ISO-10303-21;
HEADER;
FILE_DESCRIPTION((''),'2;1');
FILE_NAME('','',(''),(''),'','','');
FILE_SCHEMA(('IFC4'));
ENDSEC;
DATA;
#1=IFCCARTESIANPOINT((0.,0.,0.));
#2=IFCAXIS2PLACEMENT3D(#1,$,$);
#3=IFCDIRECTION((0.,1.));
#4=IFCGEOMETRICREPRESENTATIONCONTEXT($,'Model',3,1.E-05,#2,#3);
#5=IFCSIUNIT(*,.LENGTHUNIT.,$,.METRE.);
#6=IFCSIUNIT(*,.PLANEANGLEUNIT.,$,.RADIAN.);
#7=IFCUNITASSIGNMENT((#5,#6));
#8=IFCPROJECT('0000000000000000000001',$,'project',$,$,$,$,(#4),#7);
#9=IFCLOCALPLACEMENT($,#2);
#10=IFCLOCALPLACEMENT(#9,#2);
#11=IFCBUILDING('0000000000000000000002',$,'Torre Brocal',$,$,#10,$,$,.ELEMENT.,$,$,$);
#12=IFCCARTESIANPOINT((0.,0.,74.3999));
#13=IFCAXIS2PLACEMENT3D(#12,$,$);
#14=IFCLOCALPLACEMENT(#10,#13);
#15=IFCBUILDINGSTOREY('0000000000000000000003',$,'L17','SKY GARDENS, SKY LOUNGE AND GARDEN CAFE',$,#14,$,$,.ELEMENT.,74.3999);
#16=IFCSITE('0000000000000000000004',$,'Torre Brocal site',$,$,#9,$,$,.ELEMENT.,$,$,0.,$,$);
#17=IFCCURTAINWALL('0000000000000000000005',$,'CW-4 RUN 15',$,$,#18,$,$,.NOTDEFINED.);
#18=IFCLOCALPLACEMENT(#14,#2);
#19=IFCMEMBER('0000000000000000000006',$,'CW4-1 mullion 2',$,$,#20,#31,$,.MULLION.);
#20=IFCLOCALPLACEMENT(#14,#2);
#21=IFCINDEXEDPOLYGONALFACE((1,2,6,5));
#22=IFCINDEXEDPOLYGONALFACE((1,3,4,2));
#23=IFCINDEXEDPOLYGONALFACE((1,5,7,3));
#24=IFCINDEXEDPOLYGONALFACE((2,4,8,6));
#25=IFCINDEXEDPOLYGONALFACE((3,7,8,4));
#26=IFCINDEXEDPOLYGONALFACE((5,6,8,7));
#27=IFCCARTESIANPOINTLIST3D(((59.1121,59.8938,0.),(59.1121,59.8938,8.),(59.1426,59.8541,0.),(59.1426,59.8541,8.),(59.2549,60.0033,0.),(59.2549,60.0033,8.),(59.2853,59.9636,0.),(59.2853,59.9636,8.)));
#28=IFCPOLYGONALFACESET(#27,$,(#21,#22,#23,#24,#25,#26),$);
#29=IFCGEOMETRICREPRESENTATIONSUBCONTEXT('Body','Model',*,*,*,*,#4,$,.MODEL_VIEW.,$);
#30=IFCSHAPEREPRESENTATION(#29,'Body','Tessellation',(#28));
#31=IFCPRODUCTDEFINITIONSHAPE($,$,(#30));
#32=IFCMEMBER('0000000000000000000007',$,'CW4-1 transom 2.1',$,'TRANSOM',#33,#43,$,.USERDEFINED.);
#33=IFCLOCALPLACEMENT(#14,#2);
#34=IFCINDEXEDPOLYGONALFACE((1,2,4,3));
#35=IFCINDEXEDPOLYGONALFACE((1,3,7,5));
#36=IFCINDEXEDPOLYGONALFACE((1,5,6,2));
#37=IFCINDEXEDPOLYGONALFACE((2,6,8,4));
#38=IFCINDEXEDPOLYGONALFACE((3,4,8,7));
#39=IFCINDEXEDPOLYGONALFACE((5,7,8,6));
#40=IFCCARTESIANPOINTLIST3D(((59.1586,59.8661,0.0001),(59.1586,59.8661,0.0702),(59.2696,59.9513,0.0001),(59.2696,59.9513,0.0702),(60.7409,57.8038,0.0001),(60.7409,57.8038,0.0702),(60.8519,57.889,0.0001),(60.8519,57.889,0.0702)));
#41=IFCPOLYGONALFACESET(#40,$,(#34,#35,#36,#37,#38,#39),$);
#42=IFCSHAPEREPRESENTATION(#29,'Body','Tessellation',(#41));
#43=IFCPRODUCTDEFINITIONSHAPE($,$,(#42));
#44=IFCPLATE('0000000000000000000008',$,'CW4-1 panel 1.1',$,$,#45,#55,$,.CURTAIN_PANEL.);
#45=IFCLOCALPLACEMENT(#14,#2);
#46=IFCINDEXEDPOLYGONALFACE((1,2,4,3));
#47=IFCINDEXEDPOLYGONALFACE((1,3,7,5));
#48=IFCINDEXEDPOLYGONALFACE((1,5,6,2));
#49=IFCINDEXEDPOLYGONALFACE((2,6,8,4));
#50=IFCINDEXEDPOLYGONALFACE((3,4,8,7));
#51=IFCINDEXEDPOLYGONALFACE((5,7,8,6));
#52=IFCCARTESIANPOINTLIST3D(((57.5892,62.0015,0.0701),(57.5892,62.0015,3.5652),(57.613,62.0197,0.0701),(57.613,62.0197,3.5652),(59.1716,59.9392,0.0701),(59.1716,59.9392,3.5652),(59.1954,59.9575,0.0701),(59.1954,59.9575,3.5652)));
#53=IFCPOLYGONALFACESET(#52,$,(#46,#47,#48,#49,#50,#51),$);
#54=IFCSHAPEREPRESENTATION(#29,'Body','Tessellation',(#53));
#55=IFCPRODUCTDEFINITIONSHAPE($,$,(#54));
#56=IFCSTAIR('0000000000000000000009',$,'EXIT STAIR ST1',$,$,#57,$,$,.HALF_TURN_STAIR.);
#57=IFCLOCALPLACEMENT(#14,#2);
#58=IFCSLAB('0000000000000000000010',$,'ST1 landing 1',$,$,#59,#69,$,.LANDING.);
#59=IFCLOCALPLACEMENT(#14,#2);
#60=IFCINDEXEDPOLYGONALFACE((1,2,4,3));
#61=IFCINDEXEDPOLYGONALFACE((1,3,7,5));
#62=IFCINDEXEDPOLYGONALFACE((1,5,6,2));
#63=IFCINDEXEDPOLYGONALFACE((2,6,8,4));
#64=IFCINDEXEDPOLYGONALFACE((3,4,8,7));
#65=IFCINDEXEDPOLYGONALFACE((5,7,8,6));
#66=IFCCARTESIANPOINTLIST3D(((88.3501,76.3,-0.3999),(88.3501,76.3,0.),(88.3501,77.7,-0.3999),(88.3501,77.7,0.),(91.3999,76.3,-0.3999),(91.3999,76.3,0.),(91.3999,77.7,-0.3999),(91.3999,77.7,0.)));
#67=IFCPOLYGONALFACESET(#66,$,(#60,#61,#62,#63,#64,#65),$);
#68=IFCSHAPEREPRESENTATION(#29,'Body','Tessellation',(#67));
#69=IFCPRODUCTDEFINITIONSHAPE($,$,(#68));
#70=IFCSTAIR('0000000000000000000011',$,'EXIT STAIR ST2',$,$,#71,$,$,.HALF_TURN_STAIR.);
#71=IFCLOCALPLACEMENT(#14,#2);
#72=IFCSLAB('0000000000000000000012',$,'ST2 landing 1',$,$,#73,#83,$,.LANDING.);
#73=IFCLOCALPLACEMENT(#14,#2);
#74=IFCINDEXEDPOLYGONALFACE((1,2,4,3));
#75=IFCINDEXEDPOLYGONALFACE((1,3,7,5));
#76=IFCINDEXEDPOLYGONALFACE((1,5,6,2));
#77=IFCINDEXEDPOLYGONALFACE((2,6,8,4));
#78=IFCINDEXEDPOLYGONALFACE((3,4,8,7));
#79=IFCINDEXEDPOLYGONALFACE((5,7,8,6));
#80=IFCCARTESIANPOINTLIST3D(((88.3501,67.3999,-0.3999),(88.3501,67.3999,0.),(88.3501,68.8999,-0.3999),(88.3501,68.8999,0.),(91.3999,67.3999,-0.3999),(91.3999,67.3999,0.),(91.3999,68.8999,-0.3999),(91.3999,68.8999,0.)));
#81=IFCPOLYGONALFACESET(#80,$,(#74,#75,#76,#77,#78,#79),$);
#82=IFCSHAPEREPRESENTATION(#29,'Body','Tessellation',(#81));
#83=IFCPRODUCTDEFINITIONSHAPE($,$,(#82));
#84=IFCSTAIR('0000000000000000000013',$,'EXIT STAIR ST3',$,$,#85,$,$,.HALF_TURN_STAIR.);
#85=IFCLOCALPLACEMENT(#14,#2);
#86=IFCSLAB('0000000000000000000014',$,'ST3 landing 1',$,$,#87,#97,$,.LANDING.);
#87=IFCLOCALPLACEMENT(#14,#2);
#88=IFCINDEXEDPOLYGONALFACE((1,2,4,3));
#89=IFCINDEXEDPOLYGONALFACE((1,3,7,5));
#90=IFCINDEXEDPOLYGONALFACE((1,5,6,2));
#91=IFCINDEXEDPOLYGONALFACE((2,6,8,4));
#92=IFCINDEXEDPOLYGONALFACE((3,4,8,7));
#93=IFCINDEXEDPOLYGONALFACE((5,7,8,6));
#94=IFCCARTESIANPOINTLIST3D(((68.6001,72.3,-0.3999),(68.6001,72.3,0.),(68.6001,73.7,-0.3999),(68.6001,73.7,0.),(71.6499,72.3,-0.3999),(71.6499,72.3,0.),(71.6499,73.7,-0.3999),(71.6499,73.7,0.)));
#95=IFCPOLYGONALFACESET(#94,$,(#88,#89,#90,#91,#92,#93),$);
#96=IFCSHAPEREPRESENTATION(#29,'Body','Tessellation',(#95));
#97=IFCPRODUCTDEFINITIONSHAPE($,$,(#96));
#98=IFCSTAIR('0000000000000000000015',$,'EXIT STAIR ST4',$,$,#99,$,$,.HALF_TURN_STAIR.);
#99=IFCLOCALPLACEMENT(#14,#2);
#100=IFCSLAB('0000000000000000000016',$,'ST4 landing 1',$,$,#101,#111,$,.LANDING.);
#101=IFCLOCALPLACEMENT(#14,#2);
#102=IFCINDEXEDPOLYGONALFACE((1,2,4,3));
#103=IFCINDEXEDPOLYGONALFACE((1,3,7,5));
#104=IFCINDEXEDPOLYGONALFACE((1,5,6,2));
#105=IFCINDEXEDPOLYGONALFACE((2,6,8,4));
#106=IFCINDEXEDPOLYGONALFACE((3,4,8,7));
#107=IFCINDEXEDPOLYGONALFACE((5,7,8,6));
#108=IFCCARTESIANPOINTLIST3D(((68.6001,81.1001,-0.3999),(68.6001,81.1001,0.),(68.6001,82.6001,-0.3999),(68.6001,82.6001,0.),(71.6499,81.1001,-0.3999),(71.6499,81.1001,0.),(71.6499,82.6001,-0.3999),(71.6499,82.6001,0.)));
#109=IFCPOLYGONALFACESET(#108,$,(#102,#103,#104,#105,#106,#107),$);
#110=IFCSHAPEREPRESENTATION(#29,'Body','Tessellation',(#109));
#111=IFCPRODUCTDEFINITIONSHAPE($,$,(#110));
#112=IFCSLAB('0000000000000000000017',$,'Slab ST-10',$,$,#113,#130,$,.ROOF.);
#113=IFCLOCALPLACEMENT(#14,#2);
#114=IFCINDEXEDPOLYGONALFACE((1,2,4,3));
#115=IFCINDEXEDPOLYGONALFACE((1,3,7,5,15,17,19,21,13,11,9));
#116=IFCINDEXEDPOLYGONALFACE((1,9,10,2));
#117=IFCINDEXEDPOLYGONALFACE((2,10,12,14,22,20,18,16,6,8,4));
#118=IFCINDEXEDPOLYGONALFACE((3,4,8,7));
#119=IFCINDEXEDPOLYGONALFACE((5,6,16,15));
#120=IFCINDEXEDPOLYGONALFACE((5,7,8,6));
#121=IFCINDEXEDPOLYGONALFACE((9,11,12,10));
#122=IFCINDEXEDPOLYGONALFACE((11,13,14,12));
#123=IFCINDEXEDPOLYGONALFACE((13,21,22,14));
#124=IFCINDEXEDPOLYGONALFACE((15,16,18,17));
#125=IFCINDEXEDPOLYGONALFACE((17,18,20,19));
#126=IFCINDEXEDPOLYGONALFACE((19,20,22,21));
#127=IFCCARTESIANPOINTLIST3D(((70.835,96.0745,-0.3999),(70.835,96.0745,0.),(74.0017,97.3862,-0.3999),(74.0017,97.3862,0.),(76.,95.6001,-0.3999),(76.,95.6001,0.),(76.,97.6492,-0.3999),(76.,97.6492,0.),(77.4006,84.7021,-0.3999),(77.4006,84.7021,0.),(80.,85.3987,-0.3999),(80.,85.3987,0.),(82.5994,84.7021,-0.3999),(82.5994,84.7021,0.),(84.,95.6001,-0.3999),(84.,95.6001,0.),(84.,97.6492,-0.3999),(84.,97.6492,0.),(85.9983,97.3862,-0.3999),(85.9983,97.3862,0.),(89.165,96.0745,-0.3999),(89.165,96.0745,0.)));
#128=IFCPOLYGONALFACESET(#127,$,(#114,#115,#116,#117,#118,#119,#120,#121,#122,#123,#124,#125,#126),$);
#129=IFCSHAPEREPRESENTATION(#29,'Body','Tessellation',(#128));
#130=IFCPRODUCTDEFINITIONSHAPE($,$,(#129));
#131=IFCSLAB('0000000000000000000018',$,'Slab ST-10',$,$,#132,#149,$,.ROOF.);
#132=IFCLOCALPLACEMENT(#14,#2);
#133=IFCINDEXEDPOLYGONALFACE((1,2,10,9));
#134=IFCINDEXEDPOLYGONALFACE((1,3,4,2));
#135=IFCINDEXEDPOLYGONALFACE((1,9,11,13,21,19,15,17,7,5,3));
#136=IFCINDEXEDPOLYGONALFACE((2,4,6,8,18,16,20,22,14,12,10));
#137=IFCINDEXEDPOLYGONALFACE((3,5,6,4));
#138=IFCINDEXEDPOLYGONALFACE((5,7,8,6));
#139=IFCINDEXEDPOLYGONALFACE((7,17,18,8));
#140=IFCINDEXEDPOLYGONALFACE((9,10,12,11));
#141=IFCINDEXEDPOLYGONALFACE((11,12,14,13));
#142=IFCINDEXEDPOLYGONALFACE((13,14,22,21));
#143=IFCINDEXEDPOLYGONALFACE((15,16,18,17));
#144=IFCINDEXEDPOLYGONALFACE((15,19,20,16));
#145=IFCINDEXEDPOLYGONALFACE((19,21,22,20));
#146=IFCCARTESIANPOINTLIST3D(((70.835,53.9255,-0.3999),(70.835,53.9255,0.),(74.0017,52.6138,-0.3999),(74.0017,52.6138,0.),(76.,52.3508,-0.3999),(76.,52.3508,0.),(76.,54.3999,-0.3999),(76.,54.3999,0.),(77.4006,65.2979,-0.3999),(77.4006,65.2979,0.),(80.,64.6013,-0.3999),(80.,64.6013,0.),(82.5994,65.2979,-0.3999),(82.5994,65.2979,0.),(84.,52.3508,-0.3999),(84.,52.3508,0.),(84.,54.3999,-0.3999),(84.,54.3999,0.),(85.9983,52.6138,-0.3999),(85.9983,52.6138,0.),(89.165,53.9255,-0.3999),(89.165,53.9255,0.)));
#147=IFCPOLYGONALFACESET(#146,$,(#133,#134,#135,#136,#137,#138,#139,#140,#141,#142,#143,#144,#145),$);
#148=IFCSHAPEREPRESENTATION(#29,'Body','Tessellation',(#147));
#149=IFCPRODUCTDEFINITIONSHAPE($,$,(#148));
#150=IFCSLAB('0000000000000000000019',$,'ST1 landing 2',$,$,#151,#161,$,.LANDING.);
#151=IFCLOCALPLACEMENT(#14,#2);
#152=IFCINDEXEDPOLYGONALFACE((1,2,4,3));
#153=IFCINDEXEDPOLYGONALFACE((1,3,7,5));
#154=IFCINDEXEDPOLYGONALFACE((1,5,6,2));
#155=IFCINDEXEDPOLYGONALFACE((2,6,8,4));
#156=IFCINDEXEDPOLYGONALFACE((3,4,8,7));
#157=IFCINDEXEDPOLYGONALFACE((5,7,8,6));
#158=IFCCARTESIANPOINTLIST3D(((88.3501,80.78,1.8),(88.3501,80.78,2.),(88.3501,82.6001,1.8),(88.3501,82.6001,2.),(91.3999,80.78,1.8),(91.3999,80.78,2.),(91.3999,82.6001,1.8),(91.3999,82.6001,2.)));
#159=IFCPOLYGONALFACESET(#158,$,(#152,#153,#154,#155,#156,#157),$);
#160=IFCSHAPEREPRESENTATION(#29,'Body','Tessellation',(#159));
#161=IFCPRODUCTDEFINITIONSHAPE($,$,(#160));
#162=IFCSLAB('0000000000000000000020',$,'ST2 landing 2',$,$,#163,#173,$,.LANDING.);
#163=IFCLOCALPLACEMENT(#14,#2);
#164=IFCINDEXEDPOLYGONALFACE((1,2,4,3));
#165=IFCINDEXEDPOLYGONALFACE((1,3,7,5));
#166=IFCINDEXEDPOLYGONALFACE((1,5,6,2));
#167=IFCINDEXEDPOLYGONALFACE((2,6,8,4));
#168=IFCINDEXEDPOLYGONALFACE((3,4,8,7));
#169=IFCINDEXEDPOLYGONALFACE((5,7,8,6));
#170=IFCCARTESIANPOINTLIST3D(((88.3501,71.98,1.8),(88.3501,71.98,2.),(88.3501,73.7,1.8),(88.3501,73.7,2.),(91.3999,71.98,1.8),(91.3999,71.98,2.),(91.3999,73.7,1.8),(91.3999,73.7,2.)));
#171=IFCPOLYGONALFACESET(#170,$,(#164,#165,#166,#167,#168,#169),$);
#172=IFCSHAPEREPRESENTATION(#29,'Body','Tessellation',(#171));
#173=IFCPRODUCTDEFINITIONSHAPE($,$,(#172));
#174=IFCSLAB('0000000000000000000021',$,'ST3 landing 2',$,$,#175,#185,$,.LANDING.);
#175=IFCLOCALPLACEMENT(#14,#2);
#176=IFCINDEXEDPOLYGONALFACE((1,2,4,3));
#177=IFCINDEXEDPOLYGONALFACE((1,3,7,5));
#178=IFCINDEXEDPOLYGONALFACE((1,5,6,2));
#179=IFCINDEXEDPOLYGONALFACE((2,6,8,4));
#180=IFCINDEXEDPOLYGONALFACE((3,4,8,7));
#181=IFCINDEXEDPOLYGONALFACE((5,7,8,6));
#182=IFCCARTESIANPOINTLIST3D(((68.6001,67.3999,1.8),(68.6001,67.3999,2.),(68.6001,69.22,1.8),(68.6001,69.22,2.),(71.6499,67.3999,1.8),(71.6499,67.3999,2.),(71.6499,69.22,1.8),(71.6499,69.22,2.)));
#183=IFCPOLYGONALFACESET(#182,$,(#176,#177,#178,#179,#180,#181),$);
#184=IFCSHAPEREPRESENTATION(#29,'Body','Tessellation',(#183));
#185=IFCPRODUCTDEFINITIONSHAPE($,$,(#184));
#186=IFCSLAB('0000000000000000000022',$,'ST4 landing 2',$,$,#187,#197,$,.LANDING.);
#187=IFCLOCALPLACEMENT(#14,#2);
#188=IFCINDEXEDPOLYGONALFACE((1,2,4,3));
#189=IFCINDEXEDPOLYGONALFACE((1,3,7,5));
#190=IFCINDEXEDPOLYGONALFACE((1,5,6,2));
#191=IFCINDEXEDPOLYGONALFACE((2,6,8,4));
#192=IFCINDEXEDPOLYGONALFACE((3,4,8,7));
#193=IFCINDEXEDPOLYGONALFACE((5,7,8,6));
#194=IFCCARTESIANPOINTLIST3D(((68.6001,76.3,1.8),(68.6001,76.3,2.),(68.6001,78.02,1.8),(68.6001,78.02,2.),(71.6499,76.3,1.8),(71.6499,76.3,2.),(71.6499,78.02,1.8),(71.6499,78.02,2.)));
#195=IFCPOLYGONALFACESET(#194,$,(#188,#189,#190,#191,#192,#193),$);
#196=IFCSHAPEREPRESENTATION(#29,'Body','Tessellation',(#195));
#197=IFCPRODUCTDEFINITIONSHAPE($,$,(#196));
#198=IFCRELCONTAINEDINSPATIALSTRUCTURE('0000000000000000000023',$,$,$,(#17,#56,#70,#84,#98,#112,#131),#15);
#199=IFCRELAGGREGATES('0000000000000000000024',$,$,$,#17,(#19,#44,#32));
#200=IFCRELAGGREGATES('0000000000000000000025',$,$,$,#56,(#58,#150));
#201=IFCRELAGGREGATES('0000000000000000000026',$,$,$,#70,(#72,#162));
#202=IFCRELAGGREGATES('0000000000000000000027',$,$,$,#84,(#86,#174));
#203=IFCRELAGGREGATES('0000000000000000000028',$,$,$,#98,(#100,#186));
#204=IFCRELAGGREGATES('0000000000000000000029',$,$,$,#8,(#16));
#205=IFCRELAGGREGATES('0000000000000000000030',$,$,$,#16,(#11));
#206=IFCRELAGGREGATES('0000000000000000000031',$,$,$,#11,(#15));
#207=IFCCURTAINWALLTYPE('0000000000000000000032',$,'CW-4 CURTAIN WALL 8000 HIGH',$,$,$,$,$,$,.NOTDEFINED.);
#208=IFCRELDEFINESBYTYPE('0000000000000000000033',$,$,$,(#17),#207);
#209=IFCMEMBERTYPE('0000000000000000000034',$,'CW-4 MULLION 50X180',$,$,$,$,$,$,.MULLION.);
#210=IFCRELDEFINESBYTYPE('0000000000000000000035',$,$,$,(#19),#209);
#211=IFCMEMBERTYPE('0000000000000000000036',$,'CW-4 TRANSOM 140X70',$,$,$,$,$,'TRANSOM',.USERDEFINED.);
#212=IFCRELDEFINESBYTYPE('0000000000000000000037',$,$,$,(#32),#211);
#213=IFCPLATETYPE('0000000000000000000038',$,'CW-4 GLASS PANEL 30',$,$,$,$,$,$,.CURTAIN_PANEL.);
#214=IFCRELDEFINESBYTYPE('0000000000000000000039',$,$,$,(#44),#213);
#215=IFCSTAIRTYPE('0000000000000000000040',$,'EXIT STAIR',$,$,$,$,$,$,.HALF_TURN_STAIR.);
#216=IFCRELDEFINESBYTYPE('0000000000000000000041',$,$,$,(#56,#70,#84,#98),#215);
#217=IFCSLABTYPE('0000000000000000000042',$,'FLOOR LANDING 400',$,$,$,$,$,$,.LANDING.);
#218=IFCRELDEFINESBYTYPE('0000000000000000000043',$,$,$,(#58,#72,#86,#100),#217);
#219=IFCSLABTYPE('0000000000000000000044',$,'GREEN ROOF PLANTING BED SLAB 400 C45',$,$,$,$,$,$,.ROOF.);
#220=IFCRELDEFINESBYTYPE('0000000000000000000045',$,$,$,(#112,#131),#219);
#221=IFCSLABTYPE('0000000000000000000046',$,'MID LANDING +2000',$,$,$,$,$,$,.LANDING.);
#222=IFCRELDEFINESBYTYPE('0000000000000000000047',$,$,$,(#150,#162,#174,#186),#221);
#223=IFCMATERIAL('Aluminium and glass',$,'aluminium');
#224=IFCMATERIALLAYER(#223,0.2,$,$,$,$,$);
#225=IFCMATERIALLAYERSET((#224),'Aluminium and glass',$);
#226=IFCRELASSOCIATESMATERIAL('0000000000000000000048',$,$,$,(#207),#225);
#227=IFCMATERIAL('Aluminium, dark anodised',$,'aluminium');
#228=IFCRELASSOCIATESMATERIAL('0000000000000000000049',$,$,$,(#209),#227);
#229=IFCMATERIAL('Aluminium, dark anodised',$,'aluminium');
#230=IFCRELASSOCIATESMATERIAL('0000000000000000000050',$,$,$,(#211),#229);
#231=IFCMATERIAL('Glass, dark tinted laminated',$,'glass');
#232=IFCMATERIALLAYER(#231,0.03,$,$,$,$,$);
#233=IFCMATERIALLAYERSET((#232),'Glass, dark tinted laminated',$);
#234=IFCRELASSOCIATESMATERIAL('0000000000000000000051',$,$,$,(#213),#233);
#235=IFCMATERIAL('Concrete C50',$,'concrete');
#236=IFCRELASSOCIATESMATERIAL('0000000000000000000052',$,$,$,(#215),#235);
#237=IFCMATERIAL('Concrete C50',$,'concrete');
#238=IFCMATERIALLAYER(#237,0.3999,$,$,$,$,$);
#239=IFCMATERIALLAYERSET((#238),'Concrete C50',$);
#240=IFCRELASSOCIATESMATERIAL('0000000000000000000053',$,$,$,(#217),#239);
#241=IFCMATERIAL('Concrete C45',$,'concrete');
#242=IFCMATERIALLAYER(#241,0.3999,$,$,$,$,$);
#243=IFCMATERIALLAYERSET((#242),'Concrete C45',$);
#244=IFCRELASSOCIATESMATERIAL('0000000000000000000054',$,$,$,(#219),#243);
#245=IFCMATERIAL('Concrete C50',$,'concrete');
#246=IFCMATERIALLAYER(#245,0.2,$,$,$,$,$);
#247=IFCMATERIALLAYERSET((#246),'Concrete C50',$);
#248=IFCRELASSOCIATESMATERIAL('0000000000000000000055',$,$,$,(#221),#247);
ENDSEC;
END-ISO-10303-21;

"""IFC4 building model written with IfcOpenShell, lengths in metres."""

from ifc_helpers import new_model, si_unit, direction, frame, origin, origin_2d, place, context, subcontext, project, spatial, polyline, rectangle, outline, extrude, material, layer, layer_set, material_profile, profile_set, type_object, element, aggregate, save


model = new_model("IFC4")

# Units and contexts
model_context = context("Model", 3, precision=1e-05, world=origin(), true_north=direction((0.0, 1.0)))
body_context = subcontext(model_context, "Body", "Model", "MODEL_VIEW")
ifc_project = project(units=[si_unit("LENGTHUNIT", "METRE"), si_unit("PLANEANGLEUNIT", "RADIAN")], contexts=[model_context])

# Site, building, storey
site_placement = place(None, origin())
site = spatial("IfcSite", under=ifc_project, at=site_placement, Name="Torre Brocal site", CompositionType="ELEMENT", RefElevation=0.0)
building_placement = place(site_placement, origin())
building = spatial("IfcBuilding", under=site, at=building_placement, Name="Torre Brocal", CompositionType="ELEMENT")
storey_placement = place(building_placement, frame((0.0, 0.0, 74.3999)))
storey = spatial("IfcBuildingStorey", under=building, at=storey_placement, Name="L17", Description="SKY GARDENS, SKY LOUNGE AND GARDEN CAFE", CompositionType="ELEMENT", Elevation=74.3999)

# Curtain wall, members, plate
ifc_material_1 = material(Name="Aluminium and glass", Category="aluminium")
ifc_layer_1 = layer(ifc_material_1, 0.2)
ifc_layer_set_1 = layer_set([ifc_layer_1], Name="Aluminium and glass")
curtain_wall_type = type_object("IfcCurtainWallType", Name="CW-4 CURTAIN WALL 8000 HIGH", PredefinedType="NOTDEFINED", material=ifc_layer_set_1)
curtain_wall_placement = place(storey_placement, origin())
curtain_wall = element("IfcCurtainWall", 1, at=curtain_wall_placement, inside=storey, type_object=curtain_wall_type, Name="CW-4 RUN 15", PredefinedType="NOTDEFINED")
ifc_material_2 = material(Name="Aluminium, dark anodised", Category="aluminium")
ifc_material_profile_1 = material_profile(ifc_material_2, rectangle(XDim=0.1799, YDim=0.05, at=origin_2d()), Name="CW-4 MULLION 50X180")
ifc_profile_set_1 = profile_set([ifc_material_profile_1], Name="Aluminium, dark anodised")
member_type_1 = type_object("IfcMemberType", Name="CW-4 MULLION 50X180", PredefinedType="MULLION", material=ifc_profile_set_1)
member_1_placement = place(storey_placement, frame((59.1987, 59.9287, 0.0), z_axis=(0.0, 0.0, 1.0), x_axis=(0.793353, 0.608761, 0.0)))
member_1 = element("IfcMember", 2, at=member_1_placement, type_object=member_type_1, Name="CW4-1 mullion 2", PredefinedType="MULLION", context=body_context, shape_type="SweptSolid", body=[
    extrude(rectangle(XDim=0.1799, YDim=0.05, at=origin_2d()), origin(), (0.0, 0.0, 1.0), 8.0),
])
ifc_material_3 = material(Name="Aluminium, dark anodised", Category="aluminium")
ifc_material_profile_2 = material_profile(ifc_material_3, rectangle(XDim=0.1399, YDim=0.0701, at=origin_2d()), Name="CW-4 TRANSOM 140X70")
ifc_profile_set_2 = profile_set([ifc_material_profile_2], Name="Aluminium, dark anodised")
member_type_2 = type_object("IfcMemberType", Name="CW-4 TRANSOM 140X70", ElementType="TRANSOM", PredefinedType="USERDEFINED", material=ifc_profile_set_2)
member_2_placement = place(storey_placement, frame((59.2141, 59.9087, 0.0352), z_axis=(0.608725, -0.793381, 0.0), x_axis=(0.793381, 0.608725, 0.0)))
member_2 = element("IfcMember", 3, at=member_2_placement, type_object=member_type_2, Name="CW4-1 transom 2.1", ObjectType="TRANSOM", PredefinedType="USERDEFINED", context=body_context, shape_type="SweptSolid", body=[
    extrude(rectangle(XDim=0.1399, YDim=0.0701, at=origin_2d()), origin(), (0.0, 0.0, 1.0), 2.5994),
])
ifc_material_4 = material(Name="Glass, dark tinted laminated", Category="glass")
ifc_layer_2 = layer(ifc_material_4, 0.03)
ifc_layer_set_2 = layer_set([ifc_layer_2], Name="Glass, dark tinted laminated")
plate_type = type_object("IfcPlateType", Name="CW-4 GLASS PANEL 30", PredefinedType="CURTAIN_PANEL", material=ifc_layer_set_2)
plate_placement = place(storey_placement, frame((58.3923, 60.9795, 0.0701), z_axis=(0.0, 0.0, 1.0), x_axis=(0.608761, -0.793353, 0.0)))
plate = element("IfcPlate", 4, at=plate_placement, type_object=plate_type, Name="CW4-1 panel 1.1", PredefinedType="CURTAIN_PANEL", context=body_context, shape_type="SweptSolid", body=[
    extrude(rectangle(XDim=2.5994, YDim=0.03, at=origin_2d()), origin(), (0.0, 0.0, 1.0), 3.4951),
])
aggregate(curtain_wall, [member_1, plate, member_2])

# Stairs, slabs
ifc_material_5 = material(Name="Concrete C50", Category="concrete")
stair_type = type_object("IfcStairType", Name="EXIT STAIR", PredefinedType="HALF_TURN_STAIR", material=ifc_material_5)
stair_1_placement = place(storey_placement, origin())
stair_1 = element("IfcStair", 5, at=stair_1_placement, inside=storey, type_object=stair_type, Name="EXIT STAIR ST1", PredefinedType="HALF_TURN_STAIR")
ifc_material_6 = material(Name="Concrete C50", Category="concrete")
ifc_layer_3 = layer(ifc_material_6, 0.3999)
ifc_layer_set_3 = layer_set([ifc_layer_3], Name="Concrete C50")
slab_type_1 = type_object("IfcSlabType", Name="FLOOR LANDING 400", PredefinedType="LANDING", material=ifc_layer_set_3)
slab_1_placement = place(storey_placement, frame((0.0, 0.0, -0.3999)))
slab_1 = element("IfcSlab", 6, at=slab_1_placement, type_object=slab_type_1, Name="ST1 landing 1", PredefinedType="LANDING", context=body_context, shape_type="SweptSolid", body=[
    extrude(outline(polyline([(88.3501, 76.3), (91.3999, 76.3), (91.3999, 77.7), (88.3501, 77.7), (88.3501, 76.3)])), origin(), (0.0, 0.0, 1.0), 0.3999),
])
stair_2_placement = place(storey_placement, origin())
stair_2 = element("IfcStair", 7, at=stair_2_placement, inside=storey, type_object=stair_type, Name="EXIT STAIR ST2", PredefinedType="HALF_TURN_STAIR")
slab_2_placement = place(storey_placement, frame((0.0, 0.0, -0.3999)))
slab_2 = element("IfcSlab", 8, at=slab_2_placement, type_object=slab_type_1, Name="ST2 landing 1", PredefinedType="LANDING", context=body_context, shape_type="SweptSolid", body=[
    extrude(outline(polyline([(88.3501, 67.3999), (91.3999, 67.3999), (91.3999, 68.8999), (88.3501, 68.8999), (88.3501, 67.3999)])), origin(), (0.0, 0.0, 1.0), 0.3999),
])
stair_3_placement = place(storey_placement, origin())
stair_3 = element("IfcStair", 9, at=stair_3_placement, inside=storey, type_object=stair_type, Name="EXIT STAIR ST3", PredefinedType="HALF_TURN_STAIR")
slab_3_placement = place(storey_placement, frame((0.0, 0.0, -0.3999)))
slab_3 = element("IfcSlab", 10, at=slab_3_placement, type_object=slab_type_1, Name="ST3 landing 1", PredefinedType="LANDING", context=body_context, shape_type="SweptSolid", body=[
    extrude(outline(polyline([(71.6499, 73.7), (68.6001, 73.7), (68.6001, 72.3), (71.6499, 72.3), (71.6499, 73.7)])), origin(), (0.0, 0.0, 1.0), 0.3999),
])
stair_4_placement = place(storey_placement, origin())
stair_4 = element("IfcStair", 11, at=stair_4_placement, inside=storey, type_object=stair_type, Name="EXIT STAIR ST4", PredefinedType="HALF_TURN_STAIR")
slab_4_placement = place(storey_placement, frame((0.0, 0.0, -0.3999)))
slab_4 = element("IfcSlab", 12, at=slab_4_placement, type_object=slab_type_1, Name="ST4 landing 1", PredefinedType="LANDING", context=body_context, shape_type="SweptSolid", body=[
    extrude(outline(polyline([(71.6499, 82.6001), (68.6001, 82.6001), (68.6001, 81.1001), (71.6499, 81.1001), (71.6499, 82.6001)])), origin(), (0.0, 0.0, 1.0), 0.3999),
])

# Slabs
ifc_material_7 = material(Name="Concrete C45", Category="concrete")
ifc_layer_4 = layer(ifc_material_7, 0.3999)
ifc_layer_set_4 = layer_set([ifc_layer_4], Name="Concrete C45")
slab_type_2 = type_object("IfcSlabType", Name="GREEN ROOF PLANTING BED SLAB 400 C45", PredefinedType="ROOF", material=ifc_layer_set_4)
slab_5_placement = place(storey_placement, frame((0.0, 0.0, -0.3999)))
element("IfcSlab", 13, at=slab_5_placement, inside=storey, type_object=slab_type_2, Name="Slab ST-10", PredefinedType="ROOF", context=body_context, shape_type="SweptSolid", body=[
    extrude(outline(polyline([(76.0, 97.6492), (76.0, 95.6001), (84.0, 95.6001), (84.0, 97.6492), (85.9983, 97.3862), (89.165, 96.0745), (82.5994, 84.7021), (80.0, 85.3987), (77.4006, 84.7021), (70.835, 96.0745), (74.0017, 97.3862), (76.0, 97.6492)])), origin(), (0.0, 0.0, 1.0), 0.3999),
])
slab_6_placement = place(storey_placement, frame((0.0, 0.0, -0.3999)))
element("IfcSlab", 14, at=slab_6_placement, inside=storey, type_object=slab_type_2, Name="Slab ST-10", PredefinedType="ROOF", context=body_context, shape_type="SweptSolid", body=[
    extrude(outline(polyline([(74.0017, 52.6138), (70.835, 53.9255), (77.4006, 65.2979), (80.0, 64.6013), (82.5994, 65.2979), (89.165, 53.9255), (85.9983, 52.6138), (84.0, 52.3508), (84.0, 54.3999), (76.0, 54.3999), (76.0, 52.3508), (74.0017, 52.6138)])), origin(), (0.0, 0.0, 1.0), 0.3999),
])

# Slabs
ifc_material_8 = material(Name="Concrete C50", Category="concrete")
ifc_layer_5 = layer(ifc_material_8, 0.2)
ifc_layer_set_5 = layer_set([ifc_layer_5], Name="Concrete C50")
slab_type_3 = type_object("IfcSlabType", Name="MID LANDING +2000", PredefinedType="LANDING", material=ifc_layer_set_5)
slab_7_placement = place(storey_placement, frame((0.0, 0.0, 1.8)))
slab_7 = element("IfcSlab", 15, at=slab_7_placement, type_object=slab_type_3, Name="ST1 landing 2", PredefinedType="LANDING", context=body_context, shape_type="SweptSolid", body=[
    extrude(outline(polyline([(88.3501, 80.78), (91.3999, 80.78), (91.3999, 82.6001), (88.3501, 82.6001), (88.3501, 80.78)])), origin(), (0.0, 0.0, 1.0), 0.2),
])
slab_8_placement = place(storey_placement, frame((0.0, 0.0, 1.8)))
slab_8 = element("IfcSlab", 16, at=slab_8_placement, type_object=slab_type_3, Name="ST2 landing 2", PredefinedType="LANDING", context=body_context, shape_type="SweptSolid", body=[
    extrude(outline(polyline([(88.3501, 71.98), (91.3999, 71.98), (91.3999, 73.7), (88.3501, 73.7), (88.3501, 71.98)])), origin(), (0.0, 0.0, 1.0), 0.2),
])
slab_9_placement = place(storey_placement, frame((0.0, 0.0, 1.8)))
slab_9 = element("IfcSlab", 17, at=slab_9_placement, type_object=slab_type_3, Name="ST3 landing 2", PredefinedType="LANDING", context=body_context, shape_type="SweptSolid", body=[
    extrude(outline(polyline([(71.6499, 69.22), (68.6001, 69.22), (68.6001, 67.3999), (71.6499, 67.3999), (71.6499, 69.22)])), origin(), (0.0, 0.0, 1.0), 0.2),
])
slab_10_placement = place(storey_placement, frame((0.0, 0.0, 1.8)))
slab_10 = element("IfcSlab", 18, at=slab_10_placement, type_object=slab_type_3, Name="ST4 landing 2", PredefinedType="LANDING", context=body_context, shape_type="SweptSolid", body=[
    extrude(outline(polyline([(71.6499, 78.02), (68.6001, 78.02), (68.6001, 76.3), (71.6499, 76.3), (71.6499, 78.02)])), origin(), (0.0, 0.0, 1.0), 0.2),
])
aggregate(stair_1, [slab_1, slab_7])
aggregate(stair_2, [slab_2, slab_8])
aggregate(stair_3, [slab_3, slab_9])
aggregate(stair_4, [slab_4, slab_10])

save(model, "model.ifc")
